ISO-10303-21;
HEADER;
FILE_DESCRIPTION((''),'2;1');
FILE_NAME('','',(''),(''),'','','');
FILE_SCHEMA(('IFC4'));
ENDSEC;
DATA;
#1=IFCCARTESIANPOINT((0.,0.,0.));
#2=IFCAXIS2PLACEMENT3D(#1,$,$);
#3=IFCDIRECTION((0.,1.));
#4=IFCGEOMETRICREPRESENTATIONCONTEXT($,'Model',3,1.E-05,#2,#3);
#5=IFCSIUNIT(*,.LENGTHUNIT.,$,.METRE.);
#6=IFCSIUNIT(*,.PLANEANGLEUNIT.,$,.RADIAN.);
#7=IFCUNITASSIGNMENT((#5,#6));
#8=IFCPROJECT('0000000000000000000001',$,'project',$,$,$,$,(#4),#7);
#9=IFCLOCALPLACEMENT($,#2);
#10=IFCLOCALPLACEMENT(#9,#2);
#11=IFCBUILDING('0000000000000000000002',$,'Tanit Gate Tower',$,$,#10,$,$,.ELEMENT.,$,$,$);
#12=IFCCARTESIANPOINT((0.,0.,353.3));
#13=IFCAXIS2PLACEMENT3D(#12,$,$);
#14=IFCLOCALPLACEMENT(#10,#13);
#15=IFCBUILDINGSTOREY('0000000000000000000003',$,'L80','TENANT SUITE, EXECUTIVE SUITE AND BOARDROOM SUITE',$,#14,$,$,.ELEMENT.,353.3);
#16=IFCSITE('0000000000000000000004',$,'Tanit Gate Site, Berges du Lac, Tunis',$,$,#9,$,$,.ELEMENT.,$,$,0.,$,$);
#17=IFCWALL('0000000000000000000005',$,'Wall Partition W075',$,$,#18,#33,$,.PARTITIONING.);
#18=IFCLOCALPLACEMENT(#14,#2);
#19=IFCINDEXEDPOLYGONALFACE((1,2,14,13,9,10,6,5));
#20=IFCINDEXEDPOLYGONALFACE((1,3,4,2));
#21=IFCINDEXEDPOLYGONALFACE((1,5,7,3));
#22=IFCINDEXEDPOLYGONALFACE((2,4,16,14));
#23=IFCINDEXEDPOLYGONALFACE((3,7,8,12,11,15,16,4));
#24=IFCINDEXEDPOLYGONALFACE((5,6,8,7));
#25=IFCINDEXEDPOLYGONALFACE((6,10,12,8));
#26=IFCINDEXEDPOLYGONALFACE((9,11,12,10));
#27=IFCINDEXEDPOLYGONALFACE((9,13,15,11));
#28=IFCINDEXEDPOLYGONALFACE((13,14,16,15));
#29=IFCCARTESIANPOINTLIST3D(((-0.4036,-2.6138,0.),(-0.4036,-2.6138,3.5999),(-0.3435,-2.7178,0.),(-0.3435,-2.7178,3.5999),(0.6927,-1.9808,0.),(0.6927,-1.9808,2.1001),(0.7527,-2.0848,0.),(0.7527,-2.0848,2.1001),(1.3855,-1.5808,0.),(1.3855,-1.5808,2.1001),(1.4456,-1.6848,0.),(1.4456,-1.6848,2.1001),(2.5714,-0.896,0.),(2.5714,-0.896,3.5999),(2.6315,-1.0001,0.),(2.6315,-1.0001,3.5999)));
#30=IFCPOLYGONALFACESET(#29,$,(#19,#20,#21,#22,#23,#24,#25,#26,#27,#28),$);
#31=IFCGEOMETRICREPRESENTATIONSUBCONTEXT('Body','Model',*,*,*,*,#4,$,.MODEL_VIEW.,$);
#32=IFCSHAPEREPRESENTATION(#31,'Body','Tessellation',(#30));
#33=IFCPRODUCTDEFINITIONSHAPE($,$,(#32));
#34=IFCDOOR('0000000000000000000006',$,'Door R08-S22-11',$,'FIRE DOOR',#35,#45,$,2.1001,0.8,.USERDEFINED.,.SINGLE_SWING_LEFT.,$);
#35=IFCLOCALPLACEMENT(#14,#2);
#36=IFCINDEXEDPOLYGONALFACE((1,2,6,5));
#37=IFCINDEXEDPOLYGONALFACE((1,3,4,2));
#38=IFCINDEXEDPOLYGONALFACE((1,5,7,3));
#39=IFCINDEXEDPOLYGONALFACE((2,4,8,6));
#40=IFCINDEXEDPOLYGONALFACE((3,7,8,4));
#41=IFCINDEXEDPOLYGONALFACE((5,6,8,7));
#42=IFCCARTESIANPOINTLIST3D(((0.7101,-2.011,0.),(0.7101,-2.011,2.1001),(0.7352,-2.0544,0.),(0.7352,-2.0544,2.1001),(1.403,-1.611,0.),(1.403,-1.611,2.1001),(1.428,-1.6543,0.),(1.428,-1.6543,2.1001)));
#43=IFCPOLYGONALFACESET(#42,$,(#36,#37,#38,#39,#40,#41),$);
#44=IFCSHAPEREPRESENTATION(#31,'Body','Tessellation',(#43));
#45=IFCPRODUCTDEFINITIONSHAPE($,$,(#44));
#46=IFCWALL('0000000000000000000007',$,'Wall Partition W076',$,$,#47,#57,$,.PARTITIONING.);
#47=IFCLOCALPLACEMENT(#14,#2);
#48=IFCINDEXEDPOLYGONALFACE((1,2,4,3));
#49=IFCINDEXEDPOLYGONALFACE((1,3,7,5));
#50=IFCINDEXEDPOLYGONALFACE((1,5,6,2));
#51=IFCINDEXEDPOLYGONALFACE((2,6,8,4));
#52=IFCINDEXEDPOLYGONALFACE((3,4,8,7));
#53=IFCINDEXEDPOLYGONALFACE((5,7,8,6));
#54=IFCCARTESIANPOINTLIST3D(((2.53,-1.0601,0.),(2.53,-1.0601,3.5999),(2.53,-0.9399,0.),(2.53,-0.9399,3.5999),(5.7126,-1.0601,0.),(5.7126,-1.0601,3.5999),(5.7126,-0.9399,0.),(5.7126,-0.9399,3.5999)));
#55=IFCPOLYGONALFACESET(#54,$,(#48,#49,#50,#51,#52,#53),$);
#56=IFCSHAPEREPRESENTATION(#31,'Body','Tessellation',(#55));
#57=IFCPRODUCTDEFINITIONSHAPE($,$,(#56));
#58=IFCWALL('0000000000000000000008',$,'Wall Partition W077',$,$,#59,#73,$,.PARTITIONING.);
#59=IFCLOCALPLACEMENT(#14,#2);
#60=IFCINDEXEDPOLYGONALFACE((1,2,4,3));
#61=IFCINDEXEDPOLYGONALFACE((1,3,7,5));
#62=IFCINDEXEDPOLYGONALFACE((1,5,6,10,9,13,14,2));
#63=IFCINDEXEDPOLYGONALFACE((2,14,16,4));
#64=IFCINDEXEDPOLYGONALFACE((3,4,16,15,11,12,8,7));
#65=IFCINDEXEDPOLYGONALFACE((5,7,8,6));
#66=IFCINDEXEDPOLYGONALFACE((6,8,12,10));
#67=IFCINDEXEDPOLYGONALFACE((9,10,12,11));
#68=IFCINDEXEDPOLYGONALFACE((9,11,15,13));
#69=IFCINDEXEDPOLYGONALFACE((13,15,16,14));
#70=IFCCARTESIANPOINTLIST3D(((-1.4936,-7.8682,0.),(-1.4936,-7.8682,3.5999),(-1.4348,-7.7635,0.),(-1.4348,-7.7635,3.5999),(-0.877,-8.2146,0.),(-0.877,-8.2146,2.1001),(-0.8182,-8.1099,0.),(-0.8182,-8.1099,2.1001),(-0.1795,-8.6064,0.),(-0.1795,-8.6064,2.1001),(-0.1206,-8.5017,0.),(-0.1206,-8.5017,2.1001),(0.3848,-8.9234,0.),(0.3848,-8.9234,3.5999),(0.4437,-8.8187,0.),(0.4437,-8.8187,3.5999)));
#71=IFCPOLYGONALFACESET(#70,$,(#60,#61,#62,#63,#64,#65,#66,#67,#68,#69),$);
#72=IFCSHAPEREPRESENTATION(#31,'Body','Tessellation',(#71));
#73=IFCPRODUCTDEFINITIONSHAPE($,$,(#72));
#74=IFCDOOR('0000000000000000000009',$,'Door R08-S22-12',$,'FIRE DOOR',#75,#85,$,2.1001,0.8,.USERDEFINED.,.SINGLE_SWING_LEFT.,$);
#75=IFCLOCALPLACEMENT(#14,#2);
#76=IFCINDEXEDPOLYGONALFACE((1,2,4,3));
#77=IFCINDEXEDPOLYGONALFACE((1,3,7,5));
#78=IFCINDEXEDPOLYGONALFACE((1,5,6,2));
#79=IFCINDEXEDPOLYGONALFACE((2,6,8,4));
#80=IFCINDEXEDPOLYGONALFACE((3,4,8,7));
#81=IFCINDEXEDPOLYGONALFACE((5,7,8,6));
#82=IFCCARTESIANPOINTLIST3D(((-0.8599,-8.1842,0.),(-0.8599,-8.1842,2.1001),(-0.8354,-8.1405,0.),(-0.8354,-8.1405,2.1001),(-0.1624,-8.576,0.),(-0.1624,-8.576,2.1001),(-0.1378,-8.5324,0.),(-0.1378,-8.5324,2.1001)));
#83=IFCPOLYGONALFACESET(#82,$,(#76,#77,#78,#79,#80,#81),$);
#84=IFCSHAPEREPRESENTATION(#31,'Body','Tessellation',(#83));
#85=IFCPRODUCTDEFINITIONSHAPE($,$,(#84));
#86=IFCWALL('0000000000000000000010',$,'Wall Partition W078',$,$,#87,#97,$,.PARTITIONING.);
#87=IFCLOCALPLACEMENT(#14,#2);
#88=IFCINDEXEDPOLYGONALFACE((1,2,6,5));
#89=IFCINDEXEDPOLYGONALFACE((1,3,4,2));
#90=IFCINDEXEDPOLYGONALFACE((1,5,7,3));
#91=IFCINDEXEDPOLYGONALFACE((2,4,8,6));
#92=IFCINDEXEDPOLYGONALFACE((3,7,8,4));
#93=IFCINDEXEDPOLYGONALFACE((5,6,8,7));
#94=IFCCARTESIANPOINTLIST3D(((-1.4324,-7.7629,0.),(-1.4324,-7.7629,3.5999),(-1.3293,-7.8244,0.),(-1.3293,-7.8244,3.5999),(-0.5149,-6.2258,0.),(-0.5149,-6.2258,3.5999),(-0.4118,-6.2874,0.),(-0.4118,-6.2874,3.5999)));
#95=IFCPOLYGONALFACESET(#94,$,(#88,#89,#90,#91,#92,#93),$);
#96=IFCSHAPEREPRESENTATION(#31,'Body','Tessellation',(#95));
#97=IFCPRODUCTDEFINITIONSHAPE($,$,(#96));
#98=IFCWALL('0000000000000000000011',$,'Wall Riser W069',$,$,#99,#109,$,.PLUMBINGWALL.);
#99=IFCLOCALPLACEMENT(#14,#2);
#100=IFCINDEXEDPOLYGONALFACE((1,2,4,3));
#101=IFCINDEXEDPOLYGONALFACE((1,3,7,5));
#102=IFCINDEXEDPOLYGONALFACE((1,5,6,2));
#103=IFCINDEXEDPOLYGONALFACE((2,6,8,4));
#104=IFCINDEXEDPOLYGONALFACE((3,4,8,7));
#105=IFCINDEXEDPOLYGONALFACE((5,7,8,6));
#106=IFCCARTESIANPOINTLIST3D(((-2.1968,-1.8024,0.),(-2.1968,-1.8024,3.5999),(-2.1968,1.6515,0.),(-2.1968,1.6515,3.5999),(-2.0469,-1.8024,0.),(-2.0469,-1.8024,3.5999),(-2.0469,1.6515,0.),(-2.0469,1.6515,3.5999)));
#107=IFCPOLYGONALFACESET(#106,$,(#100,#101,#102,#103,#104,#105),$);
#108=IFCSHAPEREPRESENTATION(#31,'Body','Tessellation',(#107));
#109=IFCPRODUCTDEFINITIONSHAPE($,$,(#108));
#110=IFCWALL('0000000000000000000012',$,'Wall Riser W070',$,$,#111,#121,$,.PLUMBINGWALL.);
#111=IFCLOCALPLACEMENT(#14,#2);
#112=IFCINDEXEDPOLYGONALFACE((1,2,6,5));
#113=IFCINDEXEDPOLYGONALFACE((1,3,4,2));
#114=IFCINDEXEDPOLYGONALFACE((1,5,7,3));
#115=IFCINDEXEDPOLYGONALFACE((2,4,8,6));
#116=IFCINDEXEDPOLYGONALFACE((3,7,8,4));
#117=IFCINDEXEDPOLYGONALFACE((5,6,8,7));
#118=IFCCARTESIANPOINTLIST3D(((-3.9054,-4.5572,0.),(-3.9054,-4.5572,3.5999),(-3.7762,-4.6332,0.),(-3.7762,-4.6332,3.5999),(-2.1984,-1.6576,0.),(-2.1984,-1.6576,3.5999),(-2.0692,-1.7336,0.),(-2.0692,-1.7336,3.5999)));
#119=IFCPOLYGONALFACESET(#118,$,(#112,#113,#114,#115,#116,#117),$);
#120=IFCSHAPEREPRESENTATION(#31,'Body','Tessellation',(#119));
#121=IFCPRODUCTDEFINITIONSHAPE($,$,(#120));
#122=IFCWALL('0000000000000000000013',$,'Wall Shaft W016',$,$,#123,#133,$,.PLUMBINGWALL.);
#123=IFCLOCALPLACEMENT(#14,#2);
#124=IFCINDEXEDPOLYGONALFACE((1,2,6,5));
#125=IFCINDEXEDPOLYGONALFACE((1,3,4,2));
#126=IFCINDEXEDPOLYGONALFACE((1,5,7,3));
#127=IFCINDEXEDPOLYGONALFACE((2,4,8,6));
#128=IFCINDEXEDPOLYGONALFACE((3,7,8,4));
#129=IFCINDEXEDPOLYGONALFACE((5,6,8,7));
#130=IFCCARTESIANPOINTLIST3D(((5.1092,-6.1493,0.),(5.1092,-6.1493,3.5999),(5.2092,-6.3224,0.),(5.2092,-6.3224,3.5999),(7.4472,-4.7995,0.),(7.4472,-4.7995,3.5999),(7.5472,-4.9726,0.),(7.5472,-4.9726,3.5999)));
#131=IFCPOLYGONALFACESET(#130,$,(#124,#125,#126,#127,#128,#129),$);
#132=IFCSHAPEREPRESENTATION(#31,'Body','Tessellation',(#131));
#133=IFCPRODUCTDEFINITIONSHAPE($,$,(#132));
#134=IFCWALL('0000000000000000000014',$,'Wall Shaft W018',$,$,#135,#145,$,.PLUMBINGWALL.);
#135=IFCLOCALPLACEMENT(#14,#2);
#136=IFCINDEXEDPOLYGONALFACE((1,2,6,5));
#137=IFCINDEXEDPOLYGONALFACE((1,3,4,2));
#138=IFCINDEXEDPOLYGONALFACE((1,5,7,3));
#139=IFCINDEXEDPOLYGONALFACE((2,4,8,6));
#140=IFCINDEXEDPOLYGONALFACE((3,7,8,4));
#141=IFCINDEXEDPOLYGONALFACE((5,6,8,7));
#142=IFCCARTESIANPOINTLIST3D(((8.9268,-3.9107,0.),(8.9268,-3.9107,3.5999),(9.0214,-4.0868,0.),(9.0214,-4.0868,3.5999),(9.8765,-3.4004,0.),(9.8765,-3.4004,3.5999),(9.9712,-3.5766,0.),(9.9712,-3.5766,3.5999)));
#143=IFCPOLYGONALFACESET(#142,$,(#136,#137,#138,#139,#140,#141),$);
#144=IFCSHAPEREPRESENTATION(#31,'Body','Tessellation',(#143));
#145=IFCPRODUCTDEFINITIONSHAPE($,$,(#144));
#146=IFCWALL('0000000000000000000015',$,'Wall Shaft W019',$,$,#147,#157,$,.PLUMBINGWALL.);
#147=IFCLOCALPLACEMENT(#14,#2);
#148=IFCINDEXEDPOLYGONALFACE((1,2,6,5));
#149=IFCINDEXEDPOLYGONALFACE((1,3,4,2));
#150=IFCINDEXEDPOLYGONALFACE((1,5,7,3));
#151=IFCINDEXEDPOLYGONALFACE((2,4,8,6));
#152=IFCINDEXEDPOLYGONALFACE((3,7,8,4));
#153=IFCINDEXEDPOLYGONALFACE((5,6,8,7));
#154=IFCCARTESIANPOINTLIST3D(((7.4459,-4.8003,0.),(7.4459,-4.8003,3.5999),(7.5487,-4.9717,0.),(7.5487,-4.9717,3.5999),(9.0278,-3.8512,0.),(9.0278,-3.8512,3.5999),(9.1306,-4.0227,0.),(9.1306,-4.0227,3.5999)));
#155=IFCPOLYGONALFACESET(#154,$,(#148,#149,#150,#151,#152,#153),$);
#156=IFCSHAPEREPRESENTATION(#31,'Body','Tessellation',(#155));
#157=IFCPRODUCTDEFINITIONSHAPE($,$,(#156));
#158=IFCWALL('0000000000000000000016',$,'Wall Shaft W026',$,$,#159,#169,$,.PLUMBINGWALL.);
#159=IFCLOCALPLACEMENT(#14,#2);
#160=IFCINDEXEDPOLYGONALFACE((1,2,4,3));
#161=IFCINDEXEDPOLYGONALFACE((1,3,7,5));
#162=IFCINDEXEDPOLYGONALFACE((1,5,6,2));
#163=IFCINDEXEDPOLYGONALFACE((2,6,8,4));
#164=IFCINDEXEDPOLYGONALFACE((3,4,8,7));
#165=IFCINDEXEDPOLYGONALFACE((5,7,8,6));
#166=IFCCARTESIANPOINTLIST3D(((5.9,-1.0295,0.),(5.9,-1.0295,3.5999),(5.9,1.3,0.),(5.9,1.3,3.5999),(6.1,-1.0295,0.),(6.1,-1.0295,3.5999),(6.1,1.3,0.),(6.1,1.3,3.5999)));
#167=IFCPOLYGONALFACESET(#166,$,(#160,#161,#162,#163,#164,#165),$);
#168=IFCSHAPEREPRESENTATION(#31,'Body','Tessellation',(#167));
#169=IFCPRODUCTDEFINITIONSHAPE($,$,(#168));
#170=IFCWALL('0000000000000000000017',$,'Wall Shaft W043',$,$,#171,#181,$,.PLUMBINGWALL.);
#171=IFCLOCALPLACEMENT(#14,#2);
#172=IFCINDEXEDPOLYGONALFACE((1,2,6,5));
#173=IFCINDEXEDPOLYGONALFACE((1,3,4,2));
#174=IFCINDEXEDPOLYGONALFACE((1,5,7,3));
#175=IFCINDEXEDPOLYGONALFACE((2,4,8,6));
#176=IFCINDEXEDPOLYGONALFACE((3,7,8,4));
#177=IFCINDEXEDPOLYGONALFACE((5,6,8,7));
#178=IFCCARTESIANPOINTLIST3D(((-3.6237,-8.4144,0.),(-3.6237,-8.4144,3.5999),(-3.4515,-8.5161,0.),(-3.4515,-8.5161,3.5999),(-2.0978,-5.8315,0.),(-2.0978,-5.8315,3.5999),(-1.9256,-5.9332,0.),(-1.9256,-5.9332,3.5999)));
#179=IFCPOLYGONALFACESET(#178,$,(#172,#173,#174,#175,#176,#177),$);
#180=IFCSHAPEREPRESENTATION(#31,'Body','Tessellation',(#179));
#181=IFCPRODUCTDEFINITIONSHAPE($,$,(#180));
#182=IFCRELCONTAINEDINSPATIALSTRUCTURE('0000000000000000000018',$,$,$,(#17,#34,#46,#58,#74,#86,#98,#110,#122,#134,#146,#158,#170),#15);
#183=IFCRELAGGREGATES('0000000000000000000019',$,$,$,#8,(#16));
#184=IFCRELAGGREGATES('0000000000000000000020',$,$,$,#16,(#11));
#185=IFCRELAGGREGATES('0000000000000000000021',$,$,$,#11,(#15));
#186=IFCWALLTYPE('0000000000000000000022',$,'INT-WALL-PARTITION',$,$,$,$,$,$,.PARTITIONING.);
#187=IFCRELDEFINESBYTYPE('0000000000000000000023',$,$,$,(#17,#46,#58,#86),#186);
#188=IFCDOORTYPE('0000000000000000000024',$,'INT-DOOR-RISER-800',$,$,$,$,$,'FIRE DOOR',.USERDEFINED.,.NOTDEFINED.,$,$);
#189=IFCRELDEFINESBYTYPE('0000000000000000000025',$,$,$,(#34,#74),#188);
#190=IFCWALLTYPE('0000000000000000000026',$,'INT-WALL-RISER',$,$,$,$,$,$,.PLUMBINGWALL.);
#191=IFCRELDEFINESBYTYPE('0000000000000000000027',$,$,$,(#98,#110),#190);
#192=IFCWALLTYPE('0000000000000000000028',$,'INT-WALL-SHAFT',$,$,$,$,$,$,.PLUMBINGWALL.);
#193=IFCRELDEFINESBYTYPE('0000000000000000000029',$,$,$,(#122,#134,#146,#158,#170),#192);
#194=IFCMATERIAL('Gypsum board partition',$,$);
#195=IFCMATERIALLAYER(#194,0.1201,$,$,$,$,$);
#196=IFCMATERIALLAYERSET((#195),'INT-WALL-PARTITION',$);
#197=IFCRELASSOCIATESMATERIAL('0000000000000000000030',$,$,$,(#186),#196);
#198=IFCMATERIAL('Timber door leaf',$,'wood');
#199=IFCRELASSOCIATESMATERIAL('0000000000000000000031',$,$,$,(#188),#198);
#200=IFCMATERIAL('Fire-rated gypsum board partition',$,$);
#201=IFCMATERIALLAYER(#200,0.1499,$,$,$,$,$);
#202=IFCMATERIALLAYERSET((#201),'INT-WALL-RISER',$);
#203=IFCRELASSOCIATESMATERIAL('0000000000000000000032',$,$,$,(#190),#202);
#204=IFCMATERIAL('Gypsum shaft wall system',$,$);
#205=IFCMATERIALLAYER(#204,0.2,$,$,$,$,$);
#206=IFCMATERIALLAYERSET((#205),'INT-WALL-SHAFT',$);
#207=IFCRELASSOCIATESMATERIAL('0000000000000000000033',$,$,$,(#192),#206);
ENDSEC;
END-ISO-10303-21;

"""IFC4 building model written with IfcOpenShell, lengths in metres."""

from ifc_helpers import new_model, si_unit, direction, frame, frame_2d, origin, place, context, subcontext, project, spatial, rectangle, extrude, material, layer, layer_set, type_object, element, fill, save


model = new_model("IFC4")

# Units and contexts
model_context = context("Model", 3, precision=1e-05, world=origin(), true_north=direction((0.0, 1.0)))
body_context = subcontext(model_context, "Body", "Model", "MODEL_VIEW")
ifc_project = project(units=[si_unit("LENGTHUNIT", "METRE"), si_unit("PLANEANGLEUNIT", "RADIAN")], contexts=[model_context])

# Site, building, storey
site_placement = place(None, origin())
site = spatial("IfcSite", under=ifc_project, at=site_placement, Name="Tanit Gate Site, Berges du Lac, Tunis", CompositionType="ELEMENT", RefElevation=0.0)
building_placement = place(site_placement, origin())
building = spatial("IfcBuilding", under=site, at=building_placement, Name="Tanit Gate Tower", CompositionType="ELEMENT")
storey_placement = place(building_placement, frame((0.0, 0.0, 353.3)))
storey = spatial("IfcBuildingStorey", under=building, at=storey_placement, Name="L80", Description="TENANT SUITE, EXECUTIVE SUITE AND BOARDROOM SUITE", CompositionType="ELEMENT", Elevation=353.3)

# Shared definitions
ifc_material_1 = material(Name="Gypsum board partition")
ifc_layer_1 = layer(ifc_material_1, 0.1201)
ifc_layer_set_1 = layer_set([ifc_layer_1], Name="INT-WALL-PARTITION")
wall_type_1 = type_object("IfcWallType", Name="INT-WALL-PARTITION", PredefinedType="PARTITIONING", material=ifc_layer_set_1)
ifc_material_2 = material(Name="Timber door leaf", Category="wood")
door_type_1 = type_object("IfcDoorType", Name="INT-DOOR-RISER-800", ElementType="FIRE DOOR", OperationType="NOTDEFINED", PredefinedType="USERDEFINED", material=ifc_material_2)

# Wall, opening, door
wall_1_placement = place(storey_placement, frame((2.6016, -0.948, 0.0), z_axis=(0.0, 0.0, 1.0), x_axis=(-0.866013, -0.500022, 0.0)))
wall_1 = element("IfcWall", 1, at=wall_1_placement, inside=storey, type_object=wall_type_1, Name="Wall Partition W075", PredefinedType="PARTITIONING", context=body_context, shape_type="SweptSolid", body=[
    extrude(rectangle(XDim=3.4353, YDim=0.1201, at=frame_2d((1.7178, 0.0))), origin(), (0.0, 0.0, 1.0), 3.5999),
])
opening_1_placement = place(wall_1_placement, frame((1.3696, 0.0, 0.0)))
opening_1 = element("IfcOpeningElement", 2, at=opening_1_placement, cuts=wall_1, PredefinedType="OPENING", context=body_context, shape_type="SweptSolid", body=[
    extrude(rectangle(XDim=0.8, YDim=2.1001, at=frame_2d((0.3999, 1.05))), frame((0.0, 0.0701, 0.0), z_axis=(0.0, -1.0, 0.0), x_axis=(1.0, 0.0, 0.0)), (0.0, 0.0, 1.0), 0.1401),
])
door_1_placement = place(opening_1_placement, origin())
door_1 = element("IfcDoor", 3, at=door_1_placement, inside=storey, type_object=door_type_1, Name="Door R08-S22-11", ObjectType="FIRE DOOR", OperationType="SINGLE_SWING_LEFT", OverallHeight=2.1001, OverallWidth=0.8, PredefinedType="USERDEFINED", context=body_context, shape_type="SweptSolid", body=[
    extrude(rectangle(XDim=0.8, YDim=2.1001, at=frame_2d((0.3999, 1.05))), frame((0.0, 0.0249, 0.0), z_axis=(0.0, -1.0, 0.0), x_axis=(1.0, 0.0, 0.0)), (0.0, 0.0, 1.0), 0.05),
])
fill(opening_1, door_1)

# Wall
wall_2_placement = place(storey_placement, frame((5.7126, -1.0, 0.0), z_axis=(0.0, 0.0, 1.0), x_axis=(-1.0, 0.0, 0.0)))
element("IfcWall", 4, at=wall_2_placement, inside=storey, type_object=wall_type_1, Name="Wall Partition W076", PredefinedType="PARTITIONING", context=body_context, shape_type="SweptSolid", body=[
    extrude(rectangle(XDim=3.1826, YDim=0.1201, at=frame_2d((1.5913, 0.0))), origin(), (0.0, 0.0, 1.0), 3.5999),
])

# Wall, opening, door
wall_3_placement = place(storey_placement, frame((-1.4641, -7.8159, 0.0), z_axis=(0.0, 0.0, 1.0), x_axis=(0.87186, -0.489755, 0.0)))
wall_3 = element("IfcWall", 5, at=wall_3_placement, inside=storey, type_object=wall_type_1, Name="Wall Partition W077", PredefinedType="PARTITIONING", context=body_context, shape_type="SweptSolid", body=[
    extrude(rectangle(XDim=2.1545, YDim=0.1201, at=frame_2d((1.0771, 0.0))), origin(), (0.0, 0.0, 1.0), 3.5999),
])
opening_2_placement = place(wall_3_placement, frame((0.7073, 0.0, 0.0)))
opening_2 = element("IfcOpeningElement", 6, at=opening_2_placement, cuts=wall_3, PredefinedType="OPENING", context=body_context, shape_type="SweptSolid", body=[
    extrude(rectangle(XDim=0.8, YDim=2.1001, at=frame_2d((0.3999, 1.05))), frame((0.0, 0.0701, 0.0), z_axis=(0.0, -1.0, 0.0), x_axis=(1.0, 0.0, 0.0)), (0.0, 0.0, 1.0), 0.1401),
])
door_2_placement = place(opening_2_placement, origin())
door_2 = element("IfcDoor", 7, at=door_2_placement, inside=storey, type_object=door_type_1, Name="Door R08-S22-12", ObjectType="FIRE DOOR", OperationType="SINGLE_SWING_LEFT", OverallHeight=2.1001, OverallWidth=0.8, PredefinedType="USERDEFINED", context=body_context, shape_type="SweptSolid", body=[
    extrude(rectangle(XDim=0.8, YDim=2.1001, at=frame_2d((0.3999, 1.05))), frame((0.0, 0.0249, 0.0), z_axis=(0.0, -1.0, 0.0), x_axis=(1.0, 0.0, 0.0)), (0.0, 0.0, 1.0), 0.05),
])
fill(opening_2, door_2)

# Walls
wall_4_placement = place(storey_placement, frame((-0.4634, -6.2566, 0.0), z_axis=(0.0, 0.0, 1.0), x_axis=(-0.512529, -0.85867, 0.0)))
element("IfcWall", 8, at=wall_4_placement, inside=storey, type_object=wall_type_1, Name="Wall Partition W078", PredefinedType="PARTITIONING", context=body_context, shape_type="SweptSolid", body=[
    extrude(rectangle(XDim=1.79, YDim=0.1201, at=frame_2d((0.895, 0.0))), origin(), (0.0, 0.0, 1.0), 3.5999),
])
ifc_material_3 = material(Name="Fire-rated gypsum board partition")
ifc_layer_2 = layer(ifc_material_3, 0.1499)
ifc_layer_set_2 = layer_set([ifc_layer_2], Name="INT-WALL-RISER")
wall_type_2 = type_object("IfcWallType", Name="INT-WALL-RISER", PredefinedType="PLUMBINGWALL", material=ifc_layer_set_2)
wall_5_placement = place(storey_placement, frame((-2.1218, -1.8025, 0.0), z_axis=(0.0, 0.0, 1.0), x_axis=(0.0, 1.0, 0.0)))
element("IfcWall", 9, at=wall_5_placement, inside=storey, type_object=wall_type_2, Name="Wall Riser W069", PredefinedType="PLUMBINGWALL", context=body_context, shape_type="SweptSolid", body=[
    extrude(rectangle(XDim=3.4539, YDim=0.1499, at=frame_2d((1.7271, 0.0))), origin(), (0.0, 0.0, 1.0), 3.5999),
])
wall_6_placement = place(storey_placement, frame((-3.8408, -4.5952, 0.0), z_axis=(0.0, 0.0, 1.0), x_axis=(0.507318, 0.861759, 0.0)))
element("IfcWall", 10, at=wall_6_placement, inside=storey, type_object=wall_type_2, Name="Wall Riser W070", PredefinedType="PLUMBINGWALL", context=body_context, shape_type="SweptSolid", body=[
    extrude(rectangle(XDim=3.3647, YDim=0.1499, at=frame_2d((1.6824, 0.0))), origin(), (0.0, 0.0, 1.0), 3.5999),
])
ifc_material_4 = material(Name="Gypsum shaft wall system")
ifc_layer_3 = layer(ifc_material_4, 0.2)
ifc_layer_set_3 = layer_set([ifc_layer_3], Name="INT-WALL-SHAFT")
wall_type_3 = type_object("IfcWallType", Name="INT-WALL-SHAFT", PredefinedType="PLUMBINGWALL", material=ifc_layer_set_3)
wall_7_placement = place(storey_placement, frame((5.1592, -6.2358, 0.0), z_axis=(0.0, 0.0, 1.0), x_axis=(0.866037, 0.499981, 0.0)))
element("IfcWall", 11, at=wall_7_placement, inside=storey, type_object=wall_type_3, Name="Wall Shaft W016", PredefinedType="PLUMBINGWALL", context=body_context, shape_type="SweptSolid", body=[
    extrude(rectangle(XDim=2.6997, YDim=0.2, at=frame_2d((1.3499, 0.0))), origin(), (0.0, 0.0, 1.0), 3.5999),
])
wall_8_placement = place(storey_placement, frame((8.9741, -3.9988, 0.0), z_axis=(0.0, 0.0, 1.0), x_axis=(0.880907, 0.473289, 0.0)))
element("IfcWall", 12, at=wall_8_placement, inside=storey, type_object=wall_type_3, Name="Wall Shaft W018", PredefinedType="PLUMBINGWALL", context=body_context, shape_type="SweptSolid", body=[
    extrude(rectangle(XDim=1.0781, YDim=0.2, at=frame_2d((0.5391, 0.0))), origin(), (0.0, 0.0, 1.0), 3.5999),
])
wall_9_placement = place(storey_placement, frame((7.4973, -4.886, 0.0), z_axis=(0.0, 0.0, 1.0), x_axis=(0.857516, 0.514457, 0.0)))
element("IfcWall", 13, at=wall_9_placement, inside=storey, type_object=wall_type_3, Name="Wall Shaft W019", PredefinedType="PLUMBINGWALL", context=body_context, shape_type="SweptSolid", body=[
    extrude(rectangle(XDim=1.8447, YDim=0.2, at=frame_2d((0.9224, 0.0))), origin(), (0.0, 0.0, 1.0), 3.5999),
])
wall_10_placement = place(storey_placement, frame((6.0, -1.0295, 0.0), z_axis=(0.0, 0.0, 1.0), x_axis=(0.0, 1.0, 0.0)))
element("IfcWall", 14, at=wall_10_placement, inside=storey, type_object=wall_type_3, Name="Wall Shaft W026", PredefinedType="PLUMBINGWALL", context=body_context, shape_type="SweptSolid", body=[
    extrude(rectangle(XDim=2.3296, YDim=0.2, at=frame_2d((1.1648, 0.0))), origin(), (0.0, 0.0, 1.0), 3.5999),
])

# Wall
wall_11_placement = place(storey_placement, frame((-2.0117, -5.8823, 0.0), z_axis=(0.0, 0.0, 1.0), x_axis=(-0.50862, -0.860991, 0.0)))
element("IfcWall", 15, at=wall_11_placement, inside=storey, type_object=wall_type_3, Name="Wall Shaft W043", PredefinedType="PLUMBINGWALL", context=body_context, shape_type="SweptSolid", body=[
    extrude(rectangle(XDim=3.0, YDim=0.2, at=frame_2d((1.5, 0.0))), origin(), (0.0, 0.0, 1.0), 3.5999),
])

save(model, "model.ifc")
